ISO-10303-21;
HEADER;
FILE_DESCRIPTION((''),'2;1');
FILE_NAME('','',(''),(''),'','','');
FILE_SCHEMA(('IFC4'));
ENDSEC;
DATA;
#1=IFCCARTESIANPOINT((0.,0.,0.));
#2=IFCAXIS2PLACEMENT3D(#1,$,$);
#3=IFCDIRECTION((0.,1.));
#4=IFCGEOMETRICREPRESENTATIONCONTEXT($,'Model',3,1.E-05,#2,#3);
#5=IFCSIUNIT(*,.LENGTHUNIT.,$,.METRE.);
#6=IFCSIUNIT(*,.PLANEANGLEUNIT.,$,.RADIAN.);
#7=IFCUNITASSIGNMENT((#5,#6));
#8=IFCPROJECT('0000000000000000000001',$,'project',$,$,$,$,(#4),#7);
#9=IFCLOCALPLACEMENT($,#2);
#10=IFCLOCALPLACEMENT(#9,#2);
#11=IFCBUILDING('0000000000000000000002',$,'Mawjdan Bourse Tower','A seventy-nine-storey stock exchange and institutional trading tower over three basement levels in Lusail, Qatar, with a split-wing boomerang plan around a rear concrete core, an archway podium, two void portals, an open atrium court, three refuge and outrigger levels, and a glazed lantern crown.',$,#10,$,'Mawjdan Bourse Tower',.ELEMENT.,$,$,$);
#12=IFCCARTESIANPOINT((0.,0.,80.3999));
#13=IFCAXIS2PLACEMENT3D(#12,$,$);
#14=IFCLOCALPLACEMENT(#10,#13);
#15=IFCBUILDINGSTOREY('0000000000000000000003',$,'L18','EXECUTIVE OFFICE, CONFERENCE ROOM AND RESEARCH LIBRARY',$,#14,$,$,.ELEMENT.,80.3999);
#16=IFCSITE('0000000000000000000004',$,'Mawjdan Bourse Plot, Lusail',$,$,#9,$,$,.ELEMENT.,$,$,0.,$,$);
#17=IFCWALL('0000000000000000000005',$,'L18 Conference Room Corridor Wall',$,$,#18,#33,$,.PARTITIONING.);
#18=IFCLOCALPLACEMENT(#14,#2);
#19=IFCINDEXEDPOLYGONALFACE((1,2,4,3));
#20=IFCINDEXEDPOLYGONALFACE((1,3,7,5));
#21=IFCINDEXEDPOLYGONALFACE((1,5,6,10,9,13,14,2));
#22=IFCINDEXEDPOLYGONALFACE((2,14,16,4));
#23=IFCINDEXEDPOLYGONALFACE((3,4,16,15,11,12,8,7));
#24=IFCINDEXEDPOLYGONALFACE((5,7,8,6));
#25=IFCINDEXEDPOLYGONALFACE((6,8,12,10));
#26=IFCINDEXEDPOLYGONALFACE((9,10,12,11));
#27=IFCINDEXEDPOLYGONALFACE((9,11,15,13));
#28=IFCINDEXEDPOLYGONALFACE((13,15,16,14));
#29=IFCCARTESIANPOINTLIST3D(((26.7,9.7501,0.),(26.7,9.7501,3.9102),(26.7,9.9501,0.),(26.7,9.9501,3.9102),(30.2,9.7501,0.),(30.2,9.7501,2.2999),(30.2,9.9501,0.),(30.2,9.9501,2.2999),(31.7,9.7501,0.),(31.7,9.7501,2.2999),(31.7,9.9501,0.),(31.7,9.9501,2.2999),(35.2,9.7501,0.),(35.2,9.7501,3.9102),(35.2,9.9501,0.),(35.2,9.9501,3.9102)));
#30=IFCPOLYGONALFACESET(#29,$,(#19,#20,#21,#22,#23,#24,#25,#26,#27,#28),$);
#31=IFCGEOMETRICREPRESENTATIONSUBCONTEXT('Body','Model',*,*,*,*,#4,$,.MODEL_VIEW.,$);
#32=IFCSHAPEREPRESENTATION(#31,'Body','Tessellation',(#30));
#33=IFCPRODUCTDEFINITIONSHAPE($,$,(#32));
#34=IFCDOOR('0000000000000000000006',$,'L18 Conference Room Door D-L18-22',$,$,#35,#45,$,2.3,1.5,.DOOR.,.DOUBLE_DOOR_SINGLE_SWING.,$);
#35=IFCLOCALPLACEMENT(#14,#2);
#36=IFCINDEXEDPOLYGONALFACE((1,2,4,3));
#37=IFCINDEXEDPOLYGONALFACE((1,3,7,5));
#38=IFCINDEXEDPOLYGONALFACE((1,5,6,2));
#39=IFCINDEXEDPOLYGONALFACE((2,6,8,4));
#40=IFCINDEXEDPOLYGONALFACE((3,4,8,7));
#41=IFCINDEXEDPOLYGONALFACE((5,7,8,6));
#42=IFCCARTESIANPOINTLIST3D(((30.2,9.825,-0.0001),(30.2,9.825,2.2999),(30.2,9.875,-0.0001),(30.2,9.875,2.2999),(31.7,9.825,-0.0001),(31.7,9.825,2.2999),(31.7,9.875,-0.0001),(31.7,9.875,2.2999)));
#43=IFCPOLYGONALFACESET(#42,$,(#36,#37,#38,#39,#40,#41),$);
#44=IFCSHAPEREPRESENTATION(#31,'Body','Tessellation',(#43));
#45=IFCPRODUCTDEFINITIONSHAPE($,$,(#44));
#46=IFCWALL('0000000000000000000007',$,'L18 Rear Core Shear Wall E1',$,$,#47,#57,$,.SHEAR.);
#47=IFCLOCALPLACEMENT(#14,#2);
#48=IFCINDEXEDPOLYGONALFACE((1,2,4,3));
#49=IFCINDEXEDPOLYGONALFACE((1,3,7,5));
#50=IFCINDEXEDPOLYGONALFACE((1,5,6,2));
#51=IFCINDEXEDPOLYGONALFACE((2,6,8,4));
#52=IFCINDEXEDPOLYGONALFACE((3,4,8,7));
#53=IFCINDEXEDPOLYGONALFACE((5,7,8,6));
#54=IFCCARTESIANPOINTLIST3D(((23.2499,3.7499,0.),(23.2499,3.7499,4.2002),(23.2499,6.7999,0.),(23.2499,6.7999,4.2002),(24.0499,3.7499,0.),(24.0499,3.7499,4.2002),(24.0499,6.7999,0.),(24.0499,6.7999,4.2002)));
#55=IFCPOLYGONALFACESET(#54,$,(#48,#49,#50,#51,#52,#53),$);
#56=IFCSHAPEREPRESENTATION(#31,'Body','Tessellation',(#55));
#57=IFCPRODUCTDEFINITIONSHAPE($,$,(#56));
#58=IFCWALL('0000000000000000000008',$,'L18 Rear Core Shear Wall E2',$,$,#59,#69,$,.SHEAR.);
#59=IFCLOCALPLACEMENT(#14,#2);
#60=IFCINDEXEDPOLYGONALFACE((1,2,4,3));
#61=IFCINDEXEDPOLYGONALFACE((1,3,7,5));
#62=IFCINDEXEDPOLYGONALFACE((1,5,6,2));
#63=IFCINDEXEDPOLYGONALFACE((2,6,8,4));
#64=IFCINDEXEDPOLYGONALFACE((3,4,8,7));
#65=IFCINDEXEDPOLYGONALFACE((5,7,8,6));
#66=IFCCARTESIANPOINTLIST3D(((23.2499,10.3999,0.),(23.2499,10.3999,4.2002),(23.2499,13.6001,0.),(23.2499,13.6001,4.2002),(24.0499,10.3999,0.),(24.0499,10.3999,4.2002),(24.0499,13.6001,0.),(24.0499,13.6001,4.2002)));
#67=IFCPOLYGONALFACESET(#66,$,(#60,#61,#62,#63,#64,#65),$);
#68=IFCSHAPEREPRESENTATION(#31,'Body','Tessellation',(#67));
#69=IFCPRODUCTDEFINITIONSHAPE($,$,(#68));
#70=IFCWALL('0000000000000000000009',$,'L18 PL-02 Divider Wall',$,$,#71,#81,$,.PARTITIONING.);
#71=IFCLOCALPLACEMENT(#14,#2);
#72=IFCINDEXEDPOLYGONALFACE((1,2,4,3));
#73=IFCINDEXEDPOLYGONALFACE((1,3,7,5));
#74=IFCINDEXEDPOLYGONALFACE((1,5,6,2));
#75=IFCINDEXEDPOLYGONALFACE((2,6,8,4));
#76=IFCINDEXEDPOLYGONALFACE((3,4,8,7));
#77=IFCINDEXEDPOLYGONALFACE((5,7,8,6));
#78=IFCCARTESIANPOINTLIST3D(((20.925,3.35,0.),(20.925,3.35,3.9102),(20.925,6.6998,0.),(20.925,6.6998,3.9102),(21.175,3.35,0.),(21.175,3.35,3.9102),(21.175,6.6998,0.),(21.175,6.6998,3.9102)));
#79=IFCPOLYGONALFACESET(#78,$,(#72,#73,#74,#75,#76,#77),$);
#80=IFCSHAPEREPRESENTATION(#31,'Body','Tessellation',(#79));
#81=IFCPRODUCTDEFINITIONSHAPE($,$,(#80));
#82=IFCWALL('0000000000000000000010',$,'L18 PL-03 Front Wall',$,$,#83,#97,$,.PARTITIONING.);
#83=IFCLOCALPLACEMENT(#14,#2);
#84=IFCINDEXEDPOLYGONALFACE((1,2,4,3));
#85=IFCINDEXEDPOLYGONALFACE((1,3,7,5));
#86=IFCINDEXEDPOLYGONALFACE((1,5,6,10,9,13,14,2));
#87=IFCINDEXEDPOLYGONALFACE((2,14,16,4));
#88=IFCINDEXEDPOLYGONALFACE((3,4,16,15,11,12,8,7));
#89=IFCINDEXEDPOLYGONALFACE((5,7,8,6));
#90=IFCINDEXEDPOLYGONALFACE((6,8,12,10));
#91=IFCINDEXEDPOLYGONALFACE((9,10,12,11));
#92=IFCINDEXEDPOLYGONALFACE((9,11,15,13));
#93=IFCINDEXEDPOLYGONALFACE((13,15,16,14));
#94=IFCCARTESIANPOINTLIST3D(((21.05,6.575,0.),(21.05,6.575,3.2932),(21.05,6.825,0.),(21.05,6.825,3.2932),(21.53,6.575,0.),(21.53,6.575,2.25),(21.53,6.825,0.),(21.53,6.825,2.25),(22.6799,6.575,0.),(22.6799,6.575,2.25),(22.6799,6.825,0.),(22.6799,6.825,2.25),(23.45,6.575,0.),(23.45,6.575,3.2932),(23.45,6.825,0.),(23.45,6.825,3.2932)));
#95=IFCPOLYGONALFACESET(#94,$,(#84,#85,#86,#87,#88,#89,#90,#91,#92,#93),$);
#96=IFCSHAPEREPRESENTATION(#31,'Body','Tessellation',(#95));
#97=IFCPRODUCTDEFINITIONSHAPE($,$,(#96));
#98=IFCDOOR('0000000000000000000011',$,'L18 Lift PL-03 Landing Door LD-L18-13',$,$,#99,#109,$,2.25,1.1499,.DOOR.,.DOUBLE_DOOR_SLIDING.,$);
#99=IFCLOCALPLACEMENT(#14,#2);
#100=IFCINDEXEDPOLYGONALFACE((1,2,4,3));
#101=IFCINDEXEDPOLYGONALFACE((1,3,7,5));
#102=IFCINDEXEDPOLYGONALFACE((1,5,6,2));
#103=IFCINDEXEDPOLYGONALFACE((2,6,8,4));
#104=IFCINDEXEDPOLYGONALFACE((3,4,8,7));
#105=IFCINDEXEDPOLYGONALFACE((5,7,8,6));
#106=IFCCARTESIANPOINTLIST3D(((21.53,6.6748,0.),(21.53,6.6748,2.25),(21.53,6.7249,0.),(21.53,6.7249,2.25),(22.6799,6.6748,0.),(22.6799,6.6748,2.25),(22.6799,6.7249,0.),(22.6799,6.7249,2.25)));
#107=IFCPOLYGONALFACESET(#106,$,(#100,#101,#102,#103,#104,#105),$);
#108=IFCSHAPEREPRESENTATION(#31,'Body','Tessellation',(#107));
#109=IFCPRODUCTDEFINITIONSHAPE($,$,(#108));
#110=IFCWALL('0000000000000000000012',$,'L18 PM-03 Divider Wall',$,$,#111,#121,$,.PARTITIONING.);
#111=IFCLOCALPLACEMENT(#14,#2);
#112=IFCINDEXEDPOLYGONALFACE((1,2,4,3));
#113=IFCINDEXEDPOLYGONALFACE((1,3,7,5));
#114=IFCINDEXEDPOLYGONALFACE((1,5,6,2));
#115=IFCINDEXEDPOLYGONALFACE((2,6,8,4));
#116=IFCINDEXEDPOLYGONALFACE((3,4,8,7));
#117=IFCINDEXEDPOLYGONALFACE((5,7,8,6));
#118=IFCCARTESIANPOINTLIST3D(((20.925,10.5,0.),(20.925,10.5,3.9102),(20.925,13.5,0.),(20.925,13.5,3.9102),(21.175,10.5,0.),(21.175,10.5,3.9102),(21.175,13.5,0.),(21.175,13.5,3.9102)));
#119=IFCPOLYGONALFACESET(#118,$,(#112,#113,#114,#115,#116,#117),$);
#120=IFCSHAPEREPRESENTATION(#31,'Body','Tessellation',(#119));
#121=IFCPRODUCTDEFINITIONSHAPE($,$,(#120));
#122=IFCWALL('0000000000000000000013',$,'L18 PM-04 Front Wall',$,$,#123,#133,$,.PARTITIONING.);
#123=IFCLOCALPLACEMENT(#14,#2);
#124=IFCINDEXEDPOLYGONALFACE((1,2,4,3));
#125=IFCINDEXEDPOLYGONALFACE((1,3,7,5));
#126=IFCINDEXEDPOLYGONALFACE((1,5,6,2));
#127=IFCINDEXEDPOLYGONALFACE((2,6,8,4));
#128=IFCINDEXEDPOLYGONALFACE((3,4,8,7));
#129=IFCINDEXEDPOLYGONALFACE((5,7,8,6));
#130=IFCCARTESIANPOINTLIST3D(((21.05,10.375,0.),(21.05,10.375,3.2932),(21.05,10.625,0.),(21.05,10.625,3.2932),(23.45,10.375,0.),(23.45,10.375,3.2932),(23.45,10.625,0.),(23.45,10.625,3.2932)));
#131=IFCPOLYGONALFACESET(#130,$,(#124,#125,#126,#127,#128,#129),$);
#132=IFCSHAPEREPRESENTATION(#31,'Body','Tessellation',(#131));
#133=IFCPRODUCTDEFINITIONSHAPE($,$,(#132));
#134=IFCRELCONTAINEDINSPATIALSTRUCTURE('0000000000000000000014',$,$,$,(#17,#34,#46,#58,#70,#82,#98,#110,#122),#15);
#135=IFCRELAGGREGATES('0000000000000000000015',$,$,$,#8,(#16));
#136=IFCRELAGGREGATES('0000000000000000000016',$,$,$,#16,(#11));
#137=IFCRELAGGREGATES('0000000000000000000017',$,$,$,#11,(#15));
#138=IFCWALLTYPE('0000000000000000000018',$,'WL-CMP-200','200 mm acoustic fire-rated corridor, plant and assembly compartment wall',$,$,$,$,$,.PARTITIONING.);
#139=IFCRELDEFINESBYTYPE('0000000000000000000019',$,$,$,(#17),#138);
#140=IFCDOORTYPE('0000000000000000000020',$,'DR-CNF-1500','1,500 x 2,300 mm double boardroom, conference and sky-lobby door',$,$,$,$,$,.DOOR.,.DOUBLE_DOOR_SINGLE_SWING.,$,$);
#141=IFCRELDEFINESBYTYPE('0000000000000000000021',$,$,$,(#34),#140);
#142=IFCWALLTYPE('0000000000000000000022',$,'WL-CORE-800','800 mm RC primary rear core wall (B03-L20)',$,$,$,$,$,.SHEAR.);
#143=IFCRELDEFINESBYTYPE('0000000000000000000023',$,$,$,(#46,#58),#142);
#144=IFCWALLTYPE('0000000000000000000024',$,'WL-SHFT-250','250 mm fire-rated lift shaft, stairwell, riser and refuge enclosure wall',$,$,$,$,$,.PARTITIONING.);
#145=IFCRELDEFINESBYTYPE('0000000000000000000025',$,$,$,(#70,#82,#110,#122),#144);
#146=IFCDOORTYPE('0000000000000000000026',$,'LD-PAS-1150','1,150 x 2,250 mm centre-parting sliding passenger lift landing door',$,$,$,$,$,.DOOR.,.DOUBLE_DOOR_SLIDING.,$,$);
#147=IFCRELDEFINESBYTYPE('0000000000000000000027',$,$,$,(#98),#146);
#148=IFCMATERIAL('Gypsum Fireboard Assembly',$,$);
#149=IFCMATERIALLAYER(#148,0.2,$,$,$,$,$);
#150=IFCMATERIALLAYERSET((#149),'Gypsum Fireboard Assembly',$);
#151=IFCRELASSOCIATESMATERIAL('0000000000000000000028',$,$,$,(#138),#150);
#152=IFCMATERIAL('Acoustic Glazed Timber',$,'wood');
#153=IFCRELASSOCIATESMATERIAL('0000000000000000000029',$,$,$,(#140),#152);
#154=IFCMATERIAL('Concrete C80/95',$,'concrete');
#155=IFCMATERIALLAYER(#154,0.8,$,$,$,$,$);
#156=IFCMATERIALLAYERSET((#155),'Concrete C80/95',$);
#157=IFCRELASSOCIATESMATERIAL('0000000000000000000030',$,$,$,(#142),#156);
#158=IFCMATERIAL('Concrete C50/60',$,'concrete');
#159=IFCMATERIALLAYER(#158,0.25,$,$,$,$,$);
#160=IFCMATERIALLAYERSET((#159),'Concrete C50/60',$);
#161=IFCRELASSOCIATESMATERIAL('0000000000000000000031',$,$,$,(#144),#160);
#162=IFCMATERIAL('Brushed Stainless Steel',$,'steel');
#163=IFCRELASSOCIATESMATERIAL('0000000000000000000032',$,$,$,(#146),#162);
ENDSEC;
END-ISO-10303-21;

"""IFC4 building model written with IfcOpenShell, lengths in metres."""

from ifc_helpers import new_model, si_unit, direction, frame, frame_2d, origin, place, context, subcontext, project, spatial, rectangle, extrude, material, layer, layer_set, type_object, element, fill, save


model = new_model("IFC4")

# Units and contexts
model_context = context("Model", 3, precision=1e-05, world=origin(), true_north=direction((0.0, 1.0)))
body_context = subcontext(model_context, "Body", "Model", "MODEL_VIEW")
ifc_project = project(units=[si_unit("LENGTHUNIT", "METRE"), si_unit("PLANEANGLEUNIT", "RADIAN")], contexts=[model_context])

# Site, building, storey
site_placement = place(None, origin())
site = spatial("IfcSite", under=ifc_project, at=site_placement, Name="Mawjdan Bourse Plot, Lusail", CompositionType="ELEMENT", RefElevation=0.0)
building_placement = place(site_placement, origin())
building = spatial("IfcBuilding", under=site, at=building_placement, Name="Mawjdan Bourse Tower", Description="A seventy-nine-storey stock exchange and institutional trading tower over three basement levels in Lusail, Qatar, with a split-wing boomerang plan around a rear concrete core, an archway podium, two void portals, an open atrium court, three refuge and outrigger levels, and a glazed lantern crown.", LongName="Mawjdan Bourse Tower", CompositionType="ELEMENT")
storey_placement = place(building_placement, frame((0.0, 0.0, 80.3999)))
storey = spatial("IfcBuildingStorey", under=building, at=storey_placement, Name="L18", Description="EXECUTIVE OFFICE, CONFERENCE ROOM AND RESEARCH LIBRARY", CompositionType="ELEMENT", Elevation=80.3999)

# Shared definitions
ifc_material_1 = material(Name="Concrete C80/95", Category="concrete")

# Shared definitions
ifc_material_2 = material(Name="Gypsum Fireboard Assembly")
ifc_layer_1 = layer(ifc_material_2, 0.2)
ifc_layer_set_1 = layer_set([ifc_layer_1], Name="Gypsum Fireboard Assembly")
wall_type_1 = type_object("IfcWallType", Name="WL-CMP-200", Description="200 mm acoustic fire-rated corridor, plant and assembly compartment wall", PredefinedType="PARTITIONING", material=ifc_layer_set_1)

# Wall, opening, door
wall_1_placement = place(storey_placement, frame((26.7, 9.8501, 0.0), z_axis=(0.0, 0.0, 1.0), x_axis=(1.0, 0.0, 0.0)))
wall_1 = element("IfcWall", 1, at=wall_1_placement, inside=storey, type_object=wall_type_1, Name="L18 Conference Room Corridor Wall", PredefinedType="PARTITIONING", context=body_context, shape_type="SweptSolid", body=[
    extrude(rectangle(XDim=8.5, YDim=0.2, at=frame_2d((4.25, 0.0))), origin(), (0.0, 0.0, 1.0), 3.9102),
])
opening_1_placement = place(wall_1_placement, frame((3.5, 0.0, 0.0)))
opening_1 = element("IfcOpeningElement", 2, at=opening_1_placement, cuts=wall_1, PredefinedType="OPENING", context=body_context, shape_type="SweptSolid", body=[
    extrude(rectangle(XDim=1.5, YDim=2.3, at=frame_2d((0.75, 1.1499))), frame((0.0, 0.1099, 0.0), z_axis=(0.0, -1.0, 0.0), x_axis=(1.0, 0.0, 0.0)), (0.0, 0.0, 1.0), 0.22),
])
ifc_material_3 = material(Name="Acoustic Glazed Timber", Category="wood")
door_type_1 = type_object("IfcDoorType", Name="DR-CNF-1500", Description="1,500 x 2,300 mm double boardroom, conference and sky-lobby door", OperationType="DOUBLE_DOOR_SINGLE_SWING", PredefinedType="DOOR", material=ifc_material_3)
door_1_placement = place(opening_1_placement, origin())
door_1 = element("IfcDoor", 3, at=door_1_placement, inside=storey, type_object=door_type_1, Name="L18 Conference Room Door D-L18-22", OperationType="DOUBLE_DOOR_SINGLE_SWING", OverallHeight=2.3, OverallWidth=1.5, PredefinedType="DOOR", context=body_context, shape_type="SweptSolid", body=[
    extrude(rectangle(XDim=1.5, YDim=2.3, at=frame_2d((0.75, 1.1499))), frame((0.0, 0.0249, 0.0), z_axis=(0.0, -1.0, 0.0), x_axis=(1.0, 0.0, 0.0)), (0.0, 0.0, 1.0), 0.05),
])
fill(opening_1, door_1)

# Walls
ifc_layer_2 = layer(ifc_material_1, 0.8)
ifc_layer_set_2 = layer_set([ifc_layer_2], Name="Concrete C80/95")
wall_type_2 = type_object("IfcWallType", Name="WL-CORE-800", Description="800 mm RC primary rear core wall (B03-L20)", PredefinedType="SHEAR", material=ifc_layer_set_2)
wall_2_placement = place(storey_placement, frame((23.6499, 3.75, 0.0), z_axis=(0.0, 0.0, 1.0), x_axis=(0.0, 1.0, 0.0)))
element("IfcWall", 4, at=wall_2_placement, inside=storey, type_object=wall_type_2, Name="L18 Rear Core Shear Wall E1", PredefinedType="SHEAR", context=body_context, shape_type="SweptSolid", body=[
    extrude(rectangle(XDim=3.05, YDim=0.8, at=frame_2d((1.5249, 0.0))), origin(), (0.0, 0.0, 1.0), 4.2002),
])
wall_3_placement = place(storey_placement, frame((23.6499, 10.3999, 0.0), z_axis=(0.0, 0.0, 1.0), x_axis=(0.0, 1.0, 0.0)))
element("IfcWall", 5, at=wall_3_placement, inside=storey, type_object=wall_type_2, Name="L18 Rear Core Shear Wall E2", PredefinedType="SHEAR", context=body_context, shape_type="SweptSolid", body=[
    extrude(rectangle(XDim=3.2002, YDim=0.8, at=frame_2d((1.6001, 0.0))), origin(), (0.0, 0.0, 1.0), 4.2002),
])
ifc_material_4 = material(Name="Concrete C50/60", Category="concrete")
ifc_layer_3 = layer(ifc_material_4, 0.25)
ifc_layer_set_3 = layer_set([ifc_layer_3], Name="Concrete C50/60")
wall_type_3 = type_object("IfcWallType", Name="WL-SHFT-250", Description="250 mm fire-rated lift shaft, stairwell, riser and refuge enclosure wall", PredefinedType="PARTITIONING", material=ifc_layer_set_3)
wall_4_placement = place(storey_placement, frame((21.05, 3.3501, 0.0), z_axis=(0.0, 0.0, 1.0), x_axis=(0.0, 1.0, 0.0)))
element("IfcWall", 6, at=wall_4_placement, inside=storey, type_object=wall_type_3, Name="L18 PL-02 Divider Wall", PredefinedType="PARTITIONING", context=body_context, shape_type="SweptSolid", body=[
    extrude(rectangle(XDim=3.3499, YDim=0.25, at=frame_2d((1.6748, 0.0))), origin(), (0.0, 0.0, 1.0), 3.9102),
])

# Wall, opening, door
wall_5_placement = place(storey_placement, frame((21.05, 6.7, 0.0), z_axis=(0.0, 0.0, 1.0), x_axis=(1.0, 0.0, 0.0)))
wall_5 = element("IfcWall", 7, at=wall_5_placement, inside=storey, type_object=wall_type_3, Name="L18 PL-03 Front Wall", PredefinedType="PARTITIONING", context=body_context, shape_type="SweptSolid", body=[
    extrude(rectangle(XDim=2.3999, YDim=0.25, at=frame_2d((1.2, 0.0))), origin(), (0.0, 0.0, 1.0), 3.2932),
])
opening_2_placement = place(wall_5_placement, frame((0.48, 0.0, 0.0)))
opening_2 = element("IfcOpeningElement", 8, at=opening_2_placement, cuts=wall_5, PredefinedType="OPENING", context=body_context, shape_type="SweptSolid", body=[
    extrude(rectangle(XDim=1.1499, YDim=2.25, at=frame_2d((0.575, 1.125))), frame((0.0, 0.135, 0.0), z_axis=(0.0, -1.0, 0.0), x_axis=(1.0, 0.0, 0.0)), (0.0, 0.0, 1.0), 0.27),
])
ifc_material_5 = material(Name="Brushed Stainless Steel", Category="steel")
door_type_2 = type_object("IfcDoorType", Name="LD-PAS-1150", Description="1,150 x 2,250 mm centre-parting sliding passenger lift landing door", OperationType="DOUBLE_DOOR_SLIDING", PredefinedType="DOOR", material=ifc_material_5)
door_2_placement = place(opening_2_placement, origin())
door_2 = element("IfcDoor", 9, at=door_2_placement, inside=storey, type_object=door_type_2, Name="L18 Lift PL-03 Landing Door LD-L18-13", OperationType="DOUBLE_DOOR_SLIDING", OverallHeight=2.25, OverallWidth=1.1499, PredefinedType="DOOR", context=body_context, shape_type="SweptSolid", body=[
    extrude(rectangle(XDim=1.1499, YDim=2.25, at=frame_2d((0.575, 1.125))), frame((0.0, 0.0249, 0.0), z_axis=(0.0, -1.0, 0.0), x_axis=(1.0, 0.0, 0.0)), (0.0, 0.0, 1.0), 0.05),
])
fill(opening_2, door_2)

# Walls
wall_6_placement = place(storey_placement, frame((21.05, 10.5, 0.0), z_axis=(0.0, 0.0, 1.0), x_axis=(0.0, 1.0, 0.0)))
element("IfcWall", 10, at=wall_6_placement, inside=storey, type_object=wall_type_3, Name="L18 PM-03 Divider Wall", PredefinedType="PARTITIONING", context=body_context, shape_type="SweptSolid", body=[
    extrude(rectangle(XDim=3.0, YDim=0.25, at=frame_2d((1.5, 0.0))), origin(), (0.0, 0.0, 1.0), 3.9102),
])
wall_7_placement = place(storey_placement, frame((21.05, 10.5, 0.0), z_axis=(0.0, 0.0, 1.0), x_axis=(1.0, 0.0, 0.0)))
element("IfcWall", 11, at=wall_7_placement, inside=storey, type_object=wall_type_3, Name="L18 PM-04 Front Wall", PredefinedType="PARTITIONING", context=body_context, shape_type="SweptSolid", body=[
    extrude(rectangle(XDim=2.3999, YDim=0.25, at=frame_2d((1.2, 0.0))), origin(), (0.0, 0.0, 1.0), 3.2932),
])

save(model, "model.ifc")
